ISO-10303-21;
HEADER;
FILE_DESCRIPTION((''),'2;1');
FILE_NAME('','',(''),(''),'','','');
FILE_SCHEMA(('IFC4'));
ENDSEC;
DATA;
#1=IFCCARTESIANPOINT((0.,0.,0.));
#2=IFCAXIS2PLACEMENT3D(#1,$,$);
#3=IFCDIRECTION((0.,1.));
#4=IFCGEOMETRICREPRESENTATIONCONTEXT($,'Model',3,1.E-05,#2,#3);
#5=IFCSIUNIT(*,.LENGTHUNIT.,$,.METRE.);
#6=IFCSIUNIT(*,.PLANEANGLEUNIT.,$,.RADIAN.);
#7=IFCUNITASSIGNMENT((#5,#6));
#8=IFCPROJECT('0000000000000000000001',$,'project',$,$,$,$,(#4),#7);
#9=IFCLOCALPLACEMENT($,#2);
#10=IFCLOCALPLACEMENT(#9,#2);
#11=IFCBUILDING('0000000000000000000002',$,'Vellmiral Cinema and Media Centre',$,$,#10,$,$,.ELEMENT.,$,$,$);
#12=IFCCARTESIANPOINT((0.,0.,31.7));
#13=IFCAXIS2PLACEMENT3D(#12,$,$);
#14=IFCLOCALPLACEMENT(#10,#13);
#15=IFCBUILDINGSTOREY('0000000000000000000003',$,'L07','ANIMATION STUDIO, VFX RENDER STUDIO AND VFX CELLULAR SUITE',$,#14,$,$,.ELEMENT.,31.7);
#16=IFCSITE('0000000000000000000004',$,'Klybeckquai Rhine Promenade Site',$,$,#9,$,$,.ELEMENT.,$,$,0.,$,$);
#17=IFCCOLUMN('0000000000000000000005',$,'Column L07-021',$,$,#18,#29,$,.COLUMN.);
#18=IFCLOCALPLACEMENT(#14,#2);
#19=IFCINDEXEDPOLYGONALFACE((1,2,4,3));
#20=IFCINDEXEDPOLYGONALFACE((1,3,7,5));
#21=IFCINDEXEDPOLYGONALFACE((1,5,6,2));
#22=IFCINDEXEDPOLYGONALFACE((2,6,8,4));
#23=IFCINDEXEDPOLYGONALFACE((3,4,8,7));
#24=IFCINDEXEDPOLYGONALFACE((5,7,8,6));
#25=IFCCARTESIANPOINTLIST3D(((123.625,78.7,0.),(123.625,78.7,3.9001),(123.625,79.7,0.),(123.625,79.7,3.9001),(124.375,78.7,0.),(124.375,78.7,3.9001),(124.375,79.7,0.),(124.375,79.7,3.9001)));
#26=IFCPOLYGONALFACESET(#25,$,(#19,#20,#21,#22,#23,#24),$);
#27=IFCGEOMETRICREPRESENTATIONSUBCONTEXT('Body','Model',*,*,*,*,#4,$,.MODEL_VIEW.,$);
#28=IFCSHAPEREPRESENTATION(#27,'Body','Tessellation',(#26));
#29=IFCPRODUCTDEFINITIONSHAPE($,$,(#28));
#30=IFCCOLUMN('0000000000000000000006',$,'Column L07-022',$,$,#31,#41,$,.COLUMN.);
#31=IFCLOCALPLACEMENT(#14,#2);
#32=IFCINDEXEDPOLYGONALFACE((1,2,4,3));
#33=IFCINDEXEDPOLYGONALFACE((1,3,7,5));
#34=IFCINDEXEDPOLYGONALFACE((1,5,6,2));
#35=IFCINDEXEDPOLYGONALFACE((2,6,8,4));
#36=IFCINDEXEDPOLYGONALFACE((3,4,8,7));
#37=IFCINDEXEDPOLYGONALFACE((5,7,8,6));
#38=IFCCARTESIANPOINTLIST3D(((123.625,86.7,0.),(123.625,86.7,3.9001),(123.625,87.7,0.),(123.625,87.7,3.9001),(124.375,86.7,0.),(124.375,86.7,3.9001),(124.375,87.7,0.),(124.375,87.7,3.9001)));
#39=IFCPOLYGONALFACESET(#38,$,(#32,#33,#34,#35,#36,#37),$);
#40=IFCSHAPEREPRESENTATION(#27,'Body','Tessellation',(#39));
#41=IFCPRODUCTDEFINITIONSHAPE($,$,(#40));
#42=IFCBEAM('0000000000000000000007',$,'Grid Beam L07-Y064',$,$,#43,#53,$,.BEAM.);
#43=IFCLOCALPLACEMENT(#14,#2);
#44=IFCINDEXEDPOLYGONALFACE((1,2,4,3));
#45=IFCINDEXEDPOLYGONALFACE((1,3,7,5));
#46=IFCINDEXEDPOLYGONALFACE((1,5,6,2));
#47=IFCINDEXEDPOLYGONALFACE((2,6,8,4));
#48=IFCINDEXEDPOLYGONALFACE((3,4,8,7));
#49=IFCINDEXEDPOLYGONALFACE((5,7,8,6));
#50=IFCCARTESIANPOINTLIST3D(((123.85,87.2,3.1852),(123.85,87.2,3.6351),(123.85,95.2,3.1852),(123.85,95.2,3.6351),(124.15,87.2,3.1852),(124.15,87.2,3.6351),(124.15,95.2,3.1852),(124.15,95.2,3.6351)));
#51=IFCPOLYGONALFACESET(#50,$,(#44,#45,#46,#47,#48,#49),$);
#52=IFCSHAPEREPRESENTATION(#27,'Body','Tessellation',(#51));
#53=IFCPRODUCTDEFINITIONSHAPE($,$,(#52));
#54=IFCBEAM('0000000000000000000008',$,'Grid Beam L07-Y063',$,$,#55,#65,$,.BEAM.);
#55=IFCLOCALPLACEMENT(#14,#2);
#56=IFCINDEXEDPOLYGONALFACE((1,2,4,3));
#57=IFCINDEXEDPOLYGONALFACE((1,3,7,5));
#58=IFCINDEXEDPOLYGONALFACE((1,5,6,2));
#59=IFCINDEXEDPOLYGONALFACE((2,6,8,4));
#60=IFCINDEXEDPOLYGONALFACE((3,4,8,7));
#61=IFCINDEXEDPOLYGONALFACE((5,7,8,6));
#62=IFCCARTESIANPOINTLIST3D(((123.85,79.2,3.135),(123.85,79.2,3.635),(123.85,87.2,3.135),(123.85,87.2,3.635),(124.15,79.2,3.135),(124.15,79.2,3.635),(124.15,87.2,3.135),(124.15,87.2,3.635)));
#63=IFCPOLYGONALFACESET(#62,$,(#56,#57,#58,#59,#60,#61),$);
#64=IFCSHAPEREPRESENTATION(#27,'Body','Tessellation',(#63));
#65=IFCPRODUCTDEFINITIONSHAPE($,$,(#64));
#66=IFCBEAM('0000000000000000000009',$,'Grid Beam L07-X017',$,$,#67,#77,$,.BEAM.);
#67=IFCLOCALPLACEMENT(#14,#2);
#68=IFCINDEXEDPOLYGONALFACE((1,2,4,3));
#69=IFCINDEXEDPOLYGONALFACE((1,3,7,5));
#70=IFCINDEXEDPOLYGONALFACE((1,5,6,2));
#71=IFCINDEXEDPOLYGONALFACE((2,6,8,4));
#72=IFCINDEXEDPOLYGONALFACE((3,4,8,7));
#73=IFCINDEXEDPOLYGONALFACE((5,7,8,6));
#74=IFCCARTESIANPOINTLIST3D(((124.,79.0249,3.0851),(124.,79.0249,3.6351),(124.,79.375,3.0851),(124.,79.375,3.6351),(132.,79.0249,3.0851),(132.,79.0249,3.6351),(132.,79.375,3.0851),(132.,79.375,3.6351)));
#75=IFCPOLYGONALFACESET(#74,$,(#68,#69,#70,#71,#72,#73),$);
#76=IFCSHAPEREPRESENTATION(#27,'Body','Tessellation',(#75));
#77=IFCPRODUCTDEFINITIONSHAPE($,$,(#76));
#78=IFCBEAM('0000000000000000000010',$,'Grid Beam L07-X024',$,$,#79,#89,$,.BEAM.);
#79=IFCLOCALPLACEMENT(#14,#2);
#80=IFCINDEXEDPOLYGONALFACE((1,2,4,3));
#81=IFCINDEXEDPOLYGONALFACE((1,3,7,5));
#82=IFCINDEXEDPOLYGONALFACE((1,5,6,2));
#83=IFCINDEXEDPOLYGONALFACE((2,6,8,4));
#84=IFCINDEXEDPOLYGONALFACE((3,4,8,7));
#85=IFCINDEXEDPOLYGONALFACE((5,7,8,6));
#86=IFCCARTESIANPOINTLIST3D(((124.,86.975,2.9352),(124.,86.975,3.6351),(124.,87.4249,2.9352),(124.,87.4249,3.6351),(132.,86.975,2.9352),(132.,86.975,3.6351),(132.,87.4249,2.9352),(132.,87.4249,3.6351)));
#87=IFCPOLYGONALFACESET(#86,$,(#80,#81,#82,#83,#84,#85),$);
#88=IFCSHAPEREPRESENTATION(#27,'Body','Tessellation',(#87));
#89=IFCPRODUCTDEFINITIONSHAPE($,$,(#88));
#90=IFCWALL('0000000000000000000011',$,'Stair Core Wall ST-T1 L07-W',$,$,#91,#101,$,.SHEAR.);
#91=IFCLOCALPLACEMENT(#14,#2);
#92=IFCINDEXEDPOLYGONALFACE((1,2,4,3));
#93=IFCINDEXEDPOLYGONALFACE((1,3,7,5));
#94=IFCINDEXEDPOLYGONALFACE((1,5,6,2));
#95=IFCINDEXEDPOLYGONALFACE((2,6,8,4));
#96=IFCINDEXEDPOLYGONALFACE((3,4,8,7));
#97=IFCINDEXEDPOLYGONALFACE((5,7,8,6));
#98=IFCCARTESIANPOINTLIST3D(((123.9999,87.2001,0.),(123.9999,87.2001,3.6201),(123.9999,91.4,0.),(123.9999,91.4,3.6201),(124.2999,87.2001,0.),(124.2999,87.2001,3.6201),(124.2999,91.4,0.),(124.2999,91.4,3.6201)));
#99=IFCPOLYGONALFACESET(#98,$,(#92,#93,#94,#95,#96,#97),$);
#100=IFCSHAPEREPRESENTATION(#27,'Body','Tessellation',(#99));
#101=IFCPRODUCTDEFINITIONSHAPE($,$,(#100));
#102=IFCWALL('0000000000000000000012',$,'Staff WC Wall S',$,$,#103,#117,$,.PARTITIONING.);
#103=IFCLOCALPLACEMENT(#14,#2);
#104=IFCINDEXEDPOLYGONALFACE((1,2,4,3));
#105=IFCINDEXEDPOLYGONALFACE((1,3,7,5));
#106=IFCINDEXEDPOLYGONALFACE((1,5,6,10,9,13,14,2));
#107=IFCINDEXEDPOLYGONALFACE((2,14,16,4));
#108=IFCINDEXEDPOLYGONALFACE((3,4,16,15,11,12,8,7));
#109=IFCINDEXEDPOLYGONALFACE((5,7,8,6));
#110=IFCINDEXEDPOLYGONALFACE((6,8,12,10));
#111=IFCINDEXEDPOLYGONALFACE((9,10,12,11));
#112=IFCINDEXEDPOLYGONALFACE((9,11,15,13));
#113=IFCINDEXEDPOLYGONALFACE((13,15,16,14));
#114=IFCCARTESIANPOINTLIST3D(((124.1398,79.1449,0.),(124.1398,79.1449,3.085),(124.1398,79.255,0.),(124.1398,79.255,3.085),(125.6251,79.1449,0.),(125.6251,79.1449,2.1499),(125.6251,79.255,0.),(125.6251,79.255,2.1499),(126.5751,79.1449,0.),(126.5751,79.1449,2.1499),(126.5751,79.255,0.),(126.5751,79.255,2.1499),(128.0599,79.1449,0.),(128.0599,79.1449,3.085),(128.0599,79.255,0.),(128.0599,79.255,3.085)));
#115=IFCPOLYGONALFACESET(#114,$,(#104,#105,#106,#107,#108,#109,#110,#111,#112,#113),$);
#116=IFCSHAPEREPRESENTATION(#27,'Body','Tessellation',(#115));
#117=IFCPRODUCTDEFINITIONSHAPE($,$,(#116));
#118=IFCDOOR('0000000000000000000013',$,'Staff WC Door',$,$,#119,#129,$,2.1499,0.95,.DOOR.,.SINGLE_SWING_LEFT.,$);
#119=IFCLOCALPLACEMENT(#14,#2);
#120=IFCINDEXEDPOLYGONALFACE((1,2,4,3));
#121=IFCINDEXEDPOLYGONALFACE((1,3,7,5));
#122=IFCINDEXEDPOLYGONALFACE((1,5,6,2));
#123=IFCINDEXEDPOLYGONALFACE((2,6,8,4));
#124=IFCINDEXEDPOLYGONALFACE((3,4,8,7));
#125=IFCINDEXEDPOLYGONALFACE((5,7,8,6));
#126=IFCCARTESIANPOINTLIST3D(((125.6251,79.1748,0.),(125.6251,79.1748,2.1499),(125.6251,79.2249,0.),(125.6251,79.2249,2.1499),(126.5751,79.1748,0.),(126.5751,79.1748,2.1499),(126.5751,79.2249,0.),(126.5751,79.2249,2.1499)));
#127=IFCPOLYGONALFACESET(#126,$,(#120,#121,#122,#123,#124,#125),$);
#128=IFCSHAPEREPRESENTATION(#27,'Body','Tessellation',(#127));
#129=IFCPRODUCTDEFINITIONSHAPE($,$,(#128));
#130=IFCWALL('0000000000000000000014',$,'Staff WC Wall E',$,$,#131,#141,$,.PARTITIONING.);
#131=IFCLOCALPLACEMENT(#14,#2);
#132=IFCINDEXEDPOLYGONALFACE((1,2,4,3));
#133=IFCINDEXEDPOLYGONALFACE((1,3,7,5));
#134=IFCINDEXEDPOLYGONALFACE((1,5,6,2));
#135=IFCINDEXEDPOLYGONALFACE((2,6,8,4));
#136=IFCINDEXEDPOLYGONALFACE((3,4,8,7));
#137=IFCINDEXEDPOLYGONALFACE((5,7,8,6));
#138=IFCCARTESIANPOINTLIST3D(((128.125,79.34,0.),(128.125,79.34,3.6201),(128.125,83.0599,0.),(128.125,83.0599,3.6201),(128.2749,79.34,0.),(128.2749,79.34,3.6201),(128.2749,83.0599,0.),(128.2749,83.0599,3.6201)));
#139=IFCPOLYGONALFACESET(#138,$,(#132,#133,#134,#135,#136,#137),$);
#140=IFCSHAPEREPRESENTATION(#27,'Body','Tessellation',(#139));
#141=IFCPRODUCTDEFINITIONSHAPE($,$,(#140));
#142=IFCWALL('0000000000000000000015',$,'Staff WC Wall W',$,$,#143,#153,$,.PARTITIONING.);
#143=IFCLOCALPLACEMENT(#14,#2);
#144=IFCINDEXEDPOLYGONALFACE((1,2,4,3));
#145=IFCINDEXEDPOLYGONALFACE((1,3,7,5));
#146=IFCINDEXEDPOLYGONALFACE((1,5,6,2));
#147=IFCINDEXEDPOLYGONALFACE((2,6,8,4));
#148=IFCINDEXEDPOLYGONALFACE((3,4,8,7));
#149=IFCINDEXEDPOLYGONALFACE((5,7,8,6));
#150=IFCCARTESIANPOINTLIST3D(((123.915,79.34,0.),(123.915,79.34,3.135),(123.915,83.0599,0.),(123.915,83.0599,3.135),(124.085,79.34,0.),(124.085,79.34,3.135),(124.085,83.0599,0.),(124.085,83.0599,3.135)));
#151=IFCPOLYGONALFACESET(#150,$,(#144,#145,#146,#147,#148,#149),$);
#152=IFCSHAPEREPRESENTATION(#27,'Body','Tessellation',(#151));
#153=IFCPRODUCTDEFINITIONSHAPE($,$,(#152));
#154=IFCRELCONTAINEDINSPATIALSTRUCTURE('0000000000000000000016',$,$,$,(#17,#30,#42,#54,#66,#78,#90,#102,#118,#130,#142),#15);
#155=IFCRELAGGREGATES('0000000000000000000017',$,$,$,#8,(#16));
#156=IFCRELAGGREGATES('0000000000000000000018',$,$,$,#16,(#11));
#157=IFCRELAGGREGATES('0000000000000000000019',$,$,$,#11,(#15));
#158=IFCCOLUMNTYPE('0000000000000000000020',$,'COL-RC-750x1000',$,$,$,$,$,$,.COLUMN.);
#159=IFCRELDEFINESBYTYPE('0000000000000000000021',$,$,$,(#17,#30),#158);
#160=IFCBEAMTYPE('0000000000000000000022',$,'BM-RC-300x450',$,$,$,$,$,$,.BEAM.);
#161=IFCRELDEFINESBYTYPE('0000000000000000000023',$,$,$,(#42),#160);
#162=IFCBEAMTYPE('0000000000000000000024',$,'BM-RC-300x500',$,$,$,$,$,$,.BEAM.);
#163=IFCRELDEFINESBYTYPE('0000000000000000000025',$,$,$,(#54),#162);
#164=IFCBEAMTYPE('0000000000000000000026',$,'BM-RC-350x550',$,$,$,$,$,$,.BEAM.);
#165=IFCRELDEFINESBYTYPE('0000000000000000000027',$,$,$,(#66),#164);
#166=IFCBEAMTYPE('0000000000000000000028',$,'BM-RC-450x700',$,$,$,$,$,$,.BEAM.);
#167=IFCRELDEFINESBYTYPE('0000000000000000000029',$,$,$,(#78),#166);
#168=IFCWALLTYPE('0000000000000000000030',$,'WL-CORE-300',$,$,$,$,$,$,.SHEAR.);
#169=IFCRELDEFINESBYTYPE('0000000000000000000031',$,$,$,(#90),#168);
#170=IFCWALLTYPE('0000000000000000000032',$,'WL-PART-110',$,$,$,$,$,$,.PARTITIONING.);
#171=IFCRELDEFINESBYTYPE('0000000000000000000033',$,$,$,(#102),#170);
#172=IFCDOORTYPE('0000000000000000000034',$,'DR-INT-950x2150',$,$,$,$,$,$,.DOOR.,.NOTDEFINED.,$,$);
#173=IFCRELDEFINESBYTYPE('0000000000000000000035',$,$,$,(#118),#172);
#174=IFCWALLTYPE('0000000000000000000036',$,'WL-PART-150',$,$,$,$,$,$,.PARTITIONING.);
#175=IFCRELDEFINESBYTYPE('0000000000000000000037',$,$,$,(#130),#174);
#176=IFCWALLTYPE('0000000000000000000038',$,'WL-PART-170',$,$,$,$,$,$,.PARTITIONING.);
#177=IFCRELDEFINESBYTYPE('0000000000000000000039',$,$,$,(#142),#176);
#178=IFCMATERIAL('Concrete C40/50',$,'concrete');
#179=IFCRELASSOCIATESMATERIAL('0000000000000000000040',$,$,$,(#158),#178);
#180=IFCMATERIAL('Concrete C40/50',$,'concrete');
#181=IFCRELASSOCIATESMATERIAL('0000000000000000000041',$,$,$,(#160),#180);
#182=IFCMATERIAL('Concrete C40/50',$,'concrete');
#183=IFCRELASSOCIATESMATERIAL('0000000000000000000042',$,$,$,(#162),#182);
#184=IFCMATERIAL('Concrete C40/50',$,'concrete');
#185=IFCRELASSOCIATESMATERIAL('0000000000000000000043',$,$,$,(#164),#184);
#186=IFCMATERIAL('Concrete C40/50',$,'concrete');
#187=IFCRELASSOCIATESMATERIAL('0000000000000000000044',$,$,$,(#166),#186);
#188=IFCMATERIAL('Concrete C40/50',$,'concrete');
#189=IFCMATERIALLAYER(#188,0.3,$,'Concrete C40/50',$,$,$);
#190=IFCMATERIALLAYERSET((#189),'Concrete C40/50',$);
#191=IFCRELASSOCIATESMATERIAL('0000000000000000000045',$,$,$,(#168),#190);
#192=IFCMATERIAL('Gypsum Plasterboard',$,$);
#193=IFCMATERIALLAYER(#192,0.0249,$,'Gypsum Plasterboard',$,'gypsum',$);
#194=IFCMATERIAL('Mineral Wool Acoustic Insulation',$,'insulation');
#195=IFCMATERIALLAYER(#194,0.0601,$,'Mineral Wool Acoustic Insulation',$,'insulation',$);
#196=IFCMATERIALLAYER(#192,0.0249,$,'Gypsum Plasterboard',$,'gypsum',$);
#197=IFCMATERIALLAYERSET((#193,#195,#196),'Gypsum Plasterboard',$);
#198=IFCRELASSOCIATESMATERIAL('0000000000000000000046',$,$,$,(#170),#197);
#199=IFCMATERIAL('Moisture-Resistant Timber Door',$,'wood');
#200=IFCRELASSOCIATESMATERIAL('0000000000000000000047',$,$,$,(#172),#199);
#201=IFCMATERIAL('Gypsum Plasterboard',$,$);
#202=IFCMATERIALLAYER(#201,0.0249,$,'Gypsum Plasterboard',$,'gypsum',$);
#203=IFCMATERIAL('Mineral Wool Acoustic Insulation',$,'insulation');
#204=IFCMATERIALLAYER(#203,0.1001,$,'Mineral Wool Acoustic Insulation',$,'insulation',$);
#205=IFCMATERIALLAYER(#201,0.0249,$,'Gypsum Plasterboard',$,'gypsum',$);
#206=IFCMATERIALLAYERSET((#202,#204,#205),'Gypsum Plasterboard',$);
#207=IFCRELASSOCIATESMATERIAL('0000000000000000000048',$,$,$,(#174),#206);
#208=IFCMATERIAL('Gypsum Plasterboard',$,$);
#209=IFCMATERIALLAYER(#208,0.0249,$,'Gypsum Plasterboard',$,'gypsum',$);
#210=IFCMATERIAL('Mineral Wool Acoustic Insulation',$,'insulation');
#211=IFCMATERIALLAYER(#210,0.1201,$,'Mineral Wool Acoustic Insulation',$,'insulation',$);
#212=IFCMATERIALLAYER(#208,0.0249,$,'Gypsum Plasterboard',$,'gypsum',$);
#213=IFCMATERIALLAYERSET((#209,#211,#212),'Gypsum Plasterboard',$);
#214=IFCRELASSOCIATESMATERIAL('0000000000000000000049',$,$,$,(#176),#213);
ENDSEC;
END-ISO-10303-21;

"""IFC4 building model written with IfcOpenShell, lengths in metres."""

from ifc_helpers import new_model, si_unit, direction, frame, frame_2d, origin, origin_2d, place, context, subcontext, project, spatial, rectangle, extrude, material, layer, layer_set, material_profile, profile_set, type_object, element, fill, save


model = new_model("IFC4")

# Units and contexts
model_context = context("Model", 3, precision=1e-05, world=origin(), true_north=direction((0.0, 1.0)))
body_context = subcontext(model_context, "Body", "Model", "MODEL_VIEW")
ifc_project = project(units=[si_unit("LENGTHUNIT", "METRE"), si_unit("PLANEANGLEUNIT", "RADIAN")], contexts=[model_context])

# Site, building, storey
site_placement = place(None, origin())
site = spatial("IfcSite", under=ifc_project, at=site_placement, Name="Klybeckquai Rhine Promenade Site", CompositionType="ELEMENT", RefElevation=0.0)
building_placement = place(site_placement, origin())
building = spatial("IfcBuilding", under=site, at=building_placement, Name="Vellmiral Cinema and Media Centre", CompositionType="ELEMENT")
storey_placement = place(building_placement, frame((0.0, 0.0, 31.7)))
storey = spatial("IfcBuildingStorey", under=building, at=storey_placement, Name="L07", Description="ANIMATION STUDIO, VFX RENDER STUDIO AND VFX CELLULAR SUITE", CompositionType="ELEMENT", Elevation=31.7)

# Columns
ifc_material_1 = material(Name="Concrete C40/50", Category="concrete")
ifc_material_profile_1 = material_profile(ifc_material_1, rectangle(XDim=0.75, YDim=1.0, at=origin_2d()), Name="RC 750x1000")
ifc_profile_set_1 = profile_set([ifc_material_profile_1], Name="Concrete C40/50")
column_type = type_object("IfcColumnType", Name="COL-RC-750x1000", PredefinedType="COLUMN", material=ifc_profile_set_1)
for number, where, z_axis, x_axis, name in (
    (1, (124.0, 79.2, 0.0), (0.0, 0.0, 1.0), (1.0, 0.0, 0.0), "Column L07-021"),
    (2, (124.0, 87.2, 0.0), (0.0, 0.0, 1.0), (1.0, 0.0, 0.0), "Column L07-022"),
):
    element("IfcColumn", number, at=place(storey_placement, frame(where, z_axis=z_axis, x_axis=x_axis)), inside=storey, type_object=column_type, Name=name, PredefinedType="COLUMN", context=body_context, shape_type="SweptSolid", body=[
        extrude(rectangle(XDim=0.75, YDim=1.0, at=origin_2d()), origin(), (0.0, 0.0, 1.0), 3.9001),
    ])

# Beams
ifc_material_2 = material(Name="Concrete C40/50", Category="concrete")
ifc_material_profile_2 = material_profile(ifc_material_2, rectangle(XDim=0.3, YDim=0.45, at=origin_2d()), Name="RC 300x450")
ifc_profile_set_2 = profile_set([ifc_material_profile_2], Name="Concrete C40/50")
beam_type_1 = type_object("IfcBeamType", Name="BM-RC-300x450", PredefinedType="BEAM", material=ifc_profile_set_2)
beam_1_placement = place(storey_placement, frame((124.0, 87.2, 3.4102), z_axis=(0.0, 1.0, 0.0), x_axis=(-1.0, 0.0, 0.0)))
element("IfcBeam", 3, at=beam_1_placement, inside=storey, type_object=beam_type_1, Name="Grid Beam L07-Y064", PredefinedType="BEAM", context=body_context, shape_type="SweptSolid", body=[
    extrude(rectangle(XDim=0.3, YDim=0.45, at=origin_2d()), origin(), (0.0, 0.0, 1.0), 8.0),
])
ifc_material_3 = material(Name="Concrete C40/50", Category="concrete")
ifc_material_profile_3 = material_profile(ifc_material_3, rectangle(XDim=0.3, YDim=0.5, at=origin_2d()), Name="RC 300x500")
ifc_profile_set_3 = profile_set([ifc_material_profile_3], Name="Concrete C40/50")
beam_type_2 = type_object("IfcBeamType", Name="BM-RC-300x500", PredefinedType="BEAM", material=ifc_profile_set_3)
beam_2_placement = place(storey_placement, frame((124.0, 79.2, 3.385), z_axis=(0.0, 1.0, 0.0), x_axis=(-1.0, 0.0, 0.0)))
element("IfcBeam", 4, at=beam_2_placement, inside=storey, type_object=beam_type_2, Name="Grid Beam L07-Y063", PredefinedType="BEAM", context=body_context, shape_type="SweptSolid", body=[
    extrude(rectangle(XDim=0.3, YDim=0.5, at=origin_2d()), origin(), (0.0, 0.0, 1.0), 8.0),
])
ifc_material_4 = material(Name="Concrete C40/50", Category="concrete")
ifc_material_profile_4 = material_profile(ifc_material_4, rectangle(XDim=0.3501, YDim=0.55, at=origin_2d()), Name="RC 350x550")
ifc_profile_set_4 = profile_set([ifc_material_profile_4], Name="Concrete C40/50")
beam_type_3 = type_object("IfcBeamType", Name="BM-RC-350x550", PredefinedType="BEAM", material=ifc_profile_set_4)
beam_3_placement = place(storey_placement, frame((124.0, 79.2, 3.3601), z_axis=(1.0, 0.0, 0.0), x_axis=(0.0, 1.0, 0.0)))
element("IfcBeam", 5, at=beam_3_placement, inside=storey, type_object=beam_type_3, Name="Grid Beam L07-X017", PredefinedType="BEAM", context=body_context, shape_type="SweptSolid", body=[
    extrude(rectangle(XDim=0.3501, YDim=0.55, at=origin_2d()), origin(), (0.0, 0.0, 1.0), 8.0),
])
ifc_material_5 = material(Name="Concrete C40/50", Category="concrete")
ifc_material_profile_5 = material_profile(ifc_material_5, rectangle(XDim=0.45, YDim=0.7, at=origin_2d()), Name="RC 450x700")
ifc_profile_set_5 = profile_set([ifc_material_profile_5], Name="Concrete C40/50")
beam_type_4 = type_object("IfcBeamType", Name="BM-RC-450x700", PredefinedType="BEAM", material=ifc_profile_set_5)
beam_4_placement = place(storey_placement, frame((124.0, 87.2, 3.2852), z_axis=(1.0, 0.0, 0.0), x_axis=(0.0, 1.0, 0.0)))
element("IfcBeam", 6, at=beam_4_placement, inside=storey, type_object=beam_type_4, Name="Grid Beam L07-X024", PredefinedType="BEAM", context=body_context, shape_type="SweptSolid", body=[
    extrude(rectangle(XDim=0.45, YDim=0.7, at=origin_2d()), origin(), (0.0, 0.0, 1.0), 8.0),
])

# Wall
ifc_material_6 = material(Name="Concrete C40/50", Category="concrete")
ifc_layer_1 = layer(ifc_material_6, 0.3, Name="Concrete C40/50")
ifc_layer_set_1 = layer_set([ifc_layer_1], Name="Concrete C40/50")
wall_type_1 = type_object("IfcWallType", Name="WL-CORE-300", PredefinedType="SHEAR", material=ifc_layer_set_1)
wall_1_placement = place(storey_placement, frame((124.1499, 87.2, 0.0), z_axis=(0.0, 0.0, 1.0), x_axis=(0.0, 1.0, 0.0)))
element("IfcWall", 7, at=wall_1_placement, inside=storey, type_object=wall_type_1, Name="Stair Core Wall ST-T1 L07-W", PredefinedType="SHEAR", context=body_context, shape_type="SweptSolid", body=[
    extrude(rectangle(XDim=4.2, YDim=0.3, at=frame_2d((2.1001, 0.0))), origin(), (0.0, 0.0, 1.0), 3.6201),
])

# Wall, opening, door
ifc_material_7 = material(Name="Gypsum Plasterboard")
ifc_layer_2 = layer(ifc_material_7, 0.0249, Name="Gypsum Plasterboard", Category="gypsum")
ifc_material_8 = material(Name="Mineral Wool Acoustic Insulation", Category="insulation")
ifc_layer_3 = layer(ifc_material_8, 0.0601, Name="Mineral Wool Acoustic Insulation", Category="insulation")
ifc_layer_4 = layer(ifc_material_7, 0.0249, Name="Gypsum Plasterboard", Category="gypsum")
ifc_layer_set_2 = layer_set([ifc_layer_2, ifc_layer_3, ifc_layer_4], Name="Gypsum Plasterboard")
wall_type_2 = type_object("IfcWallType", Name="WL-PART-110", PredefinedType="PARTITIONING", material=ifc_layer_set_2)
wall_2_placement = place(storey_placement, frame((124.1399, 79.2, 0.0), z_axis=(0.0, 0.0, 1.0), x_axis=(1.0, 0.0, 0.0)))
wall_2 = element("IfcWall", 8, at=wall_2_placement, inside=storey, type_object=wall_type_2, Name="Staff WC Wall S", PredefinedType="PARTITIONING", context=body_context, shape_type="SweptSolid", body=[
    extrude(rectangle(XDim=3.9202, YDim=0.1101, at=frame_2d((1.96, 0.0))), origin(), (0.0, 0.0, 1.0), 3.085),
])
opening_1_placement = place(wall_2_placement, frame((1.4851, 0.0, 0.0)))
opening_1 = element("IfcOpeningElement", 9, at=opening_1_placement, cuts=wall_2, PredefinedType="OPENING", context=body_context, shape_type="SweptSolid", body=[
    extrude(rectangle(XDim=0.95, YDim=2.1499, at=frame_2d((0.4751, 1.075))), frame((0.0, 0.0669, 0.0), z_axis=(0.0, -1.0, 0.0), x_axis=(1.0, 0.0, 0.0)), (0.0, 0.0, 1.0), 0.134),
])
ifc_material_9 = material(Name="Moisture-Resistant Timber Door", Category="wood")
door_type_1 = type_object("IfcDoorType", Name="DR-INT-950x2150", OperationType="NOTDEFINED", PredefinedType="DOOR", material=ifc_material_9)
door_1_placement = place(opening_1_placement, origin())
door_1 = element("IfcDoor", 10, at=door_1_placement, inside=storey, type_object=door_type_1, Name="Staff WC Door", OperationType="SINGLE_SWING_LEFT", OverallHeight=2.1499, OverallWidth=0.95, PredefinedType="DOOR", context=body_context, shape_type="SweptSolid", body=[
    extrude(rectangle(XDim=0.95, YDim=2.1499, at=frame_2d((0.4751, 1.075))), frame((0.0, 0.0249, 0.0), z_axis=(0.0, -1.0, 0.0), x_axis=(1.0, 0.0, 0.0)), (0.0, 0.0, 1.0), 0.05),
])
fill(opening_1, door_1)

# Walls
ifc_material_10 = material(Name="Gypsum Plasterboard")
ifc_layer_5 = layer(ifc_material_10, 0.0249, Name="Gypsum Plasterboard", Category="gypsum")
ifc_material_11 = material(Name="Mineral Wool Acoustic Insulation", Category="insulation")
ifc_layer_6 = layer(ifc_material_11, 0.1001, Name="Mineral Wool Acoustic Insulation", Category="insulation")
ifc_layer_7 = layer(ifc_material_10, 0.0249, Name="Gypsum Plasterboard", Category="gypsum")
ifc_layer_set_3 = layer_set([ifc_layer_5, ifc_layer_6, ifc_layer_7], Name="Gypsum Plasterboard")
wall_type_3 = type_object("IfcWallType", Name="WL-PART-150", PredefinedType="PARTITIONING", material=ifc_layer_set_3)
wall_3_placement = place(storey_placement, frame((128.2, 79.3401, 0.0), z_axis=(0.0, 0.0, 1.0), x_axis=(0.0, 1.0, 0.0)))
element("IfcWall", 11, at=wall_3_placement, inside=storey, type_object=wall_type_3, Name="Staff WC Wall E", PredefinedType="PARTITIONING", context=body_context, shape_type="SweptSolid", body=[
    extrude(rectangle(XDim=3.72, YDim=0.1499, at=frame_2d((1.8599, 0.0))), origin(), (0.0, 0.0, 1.0), 3.6201),
])
ifc_material_12 = material(Name="Gypsum Plasterboard")
ifc_layer_8 = layer(ifc_material_12, 0.0249, Name="Gypsum Plasterboard", Category="gypsum")
ifc_material_13 = material(Name="Mineral Wool Acoustic Insulation", Category="insulation")
ifc_layer_9 = layer(ifc_material_13, 0.1201, Name="Mineral Wool Acoustic Insulation", Category="insulation")
ifc_layer_10 = layer(ifc_material_12, 0.0249, Name="Gypsum Plasterboard", Category="gypsum")
ifc_layer_set_4 = layer_set([ifc_layer_8, ifc_layer_9, ifc_layer_10], Name="Gypsum Plasterboard")
wall_type_4 = type_object("IfcWallType", Name="WL-PART-170", PredefinedType="PARTITIONING", material=ifc_layer_set_4)
wall_4_placement = place(storey_placement, frame((124.0, 79.3401, 0.0), z_axis=(0.0, 0.0, 1.0), x_axis=(0.0, 1.0, 0.0)))
element("IfcWall", 12, at=wall_4_placement, inside=storey, type_object=wall_type_4, Name="Staff WC Wall W", PredefinedType="PARTITIONING", context=body_context, shape_type="SweptSolid", body=[
    extrude(rectangle(XDim=3.72, YDim=0.1699, at=frame_2d((1.8599, 0.0))), origin(), (0.0, 0.0, 1.0), 3.135),
])

save(model, "model.ifc")
